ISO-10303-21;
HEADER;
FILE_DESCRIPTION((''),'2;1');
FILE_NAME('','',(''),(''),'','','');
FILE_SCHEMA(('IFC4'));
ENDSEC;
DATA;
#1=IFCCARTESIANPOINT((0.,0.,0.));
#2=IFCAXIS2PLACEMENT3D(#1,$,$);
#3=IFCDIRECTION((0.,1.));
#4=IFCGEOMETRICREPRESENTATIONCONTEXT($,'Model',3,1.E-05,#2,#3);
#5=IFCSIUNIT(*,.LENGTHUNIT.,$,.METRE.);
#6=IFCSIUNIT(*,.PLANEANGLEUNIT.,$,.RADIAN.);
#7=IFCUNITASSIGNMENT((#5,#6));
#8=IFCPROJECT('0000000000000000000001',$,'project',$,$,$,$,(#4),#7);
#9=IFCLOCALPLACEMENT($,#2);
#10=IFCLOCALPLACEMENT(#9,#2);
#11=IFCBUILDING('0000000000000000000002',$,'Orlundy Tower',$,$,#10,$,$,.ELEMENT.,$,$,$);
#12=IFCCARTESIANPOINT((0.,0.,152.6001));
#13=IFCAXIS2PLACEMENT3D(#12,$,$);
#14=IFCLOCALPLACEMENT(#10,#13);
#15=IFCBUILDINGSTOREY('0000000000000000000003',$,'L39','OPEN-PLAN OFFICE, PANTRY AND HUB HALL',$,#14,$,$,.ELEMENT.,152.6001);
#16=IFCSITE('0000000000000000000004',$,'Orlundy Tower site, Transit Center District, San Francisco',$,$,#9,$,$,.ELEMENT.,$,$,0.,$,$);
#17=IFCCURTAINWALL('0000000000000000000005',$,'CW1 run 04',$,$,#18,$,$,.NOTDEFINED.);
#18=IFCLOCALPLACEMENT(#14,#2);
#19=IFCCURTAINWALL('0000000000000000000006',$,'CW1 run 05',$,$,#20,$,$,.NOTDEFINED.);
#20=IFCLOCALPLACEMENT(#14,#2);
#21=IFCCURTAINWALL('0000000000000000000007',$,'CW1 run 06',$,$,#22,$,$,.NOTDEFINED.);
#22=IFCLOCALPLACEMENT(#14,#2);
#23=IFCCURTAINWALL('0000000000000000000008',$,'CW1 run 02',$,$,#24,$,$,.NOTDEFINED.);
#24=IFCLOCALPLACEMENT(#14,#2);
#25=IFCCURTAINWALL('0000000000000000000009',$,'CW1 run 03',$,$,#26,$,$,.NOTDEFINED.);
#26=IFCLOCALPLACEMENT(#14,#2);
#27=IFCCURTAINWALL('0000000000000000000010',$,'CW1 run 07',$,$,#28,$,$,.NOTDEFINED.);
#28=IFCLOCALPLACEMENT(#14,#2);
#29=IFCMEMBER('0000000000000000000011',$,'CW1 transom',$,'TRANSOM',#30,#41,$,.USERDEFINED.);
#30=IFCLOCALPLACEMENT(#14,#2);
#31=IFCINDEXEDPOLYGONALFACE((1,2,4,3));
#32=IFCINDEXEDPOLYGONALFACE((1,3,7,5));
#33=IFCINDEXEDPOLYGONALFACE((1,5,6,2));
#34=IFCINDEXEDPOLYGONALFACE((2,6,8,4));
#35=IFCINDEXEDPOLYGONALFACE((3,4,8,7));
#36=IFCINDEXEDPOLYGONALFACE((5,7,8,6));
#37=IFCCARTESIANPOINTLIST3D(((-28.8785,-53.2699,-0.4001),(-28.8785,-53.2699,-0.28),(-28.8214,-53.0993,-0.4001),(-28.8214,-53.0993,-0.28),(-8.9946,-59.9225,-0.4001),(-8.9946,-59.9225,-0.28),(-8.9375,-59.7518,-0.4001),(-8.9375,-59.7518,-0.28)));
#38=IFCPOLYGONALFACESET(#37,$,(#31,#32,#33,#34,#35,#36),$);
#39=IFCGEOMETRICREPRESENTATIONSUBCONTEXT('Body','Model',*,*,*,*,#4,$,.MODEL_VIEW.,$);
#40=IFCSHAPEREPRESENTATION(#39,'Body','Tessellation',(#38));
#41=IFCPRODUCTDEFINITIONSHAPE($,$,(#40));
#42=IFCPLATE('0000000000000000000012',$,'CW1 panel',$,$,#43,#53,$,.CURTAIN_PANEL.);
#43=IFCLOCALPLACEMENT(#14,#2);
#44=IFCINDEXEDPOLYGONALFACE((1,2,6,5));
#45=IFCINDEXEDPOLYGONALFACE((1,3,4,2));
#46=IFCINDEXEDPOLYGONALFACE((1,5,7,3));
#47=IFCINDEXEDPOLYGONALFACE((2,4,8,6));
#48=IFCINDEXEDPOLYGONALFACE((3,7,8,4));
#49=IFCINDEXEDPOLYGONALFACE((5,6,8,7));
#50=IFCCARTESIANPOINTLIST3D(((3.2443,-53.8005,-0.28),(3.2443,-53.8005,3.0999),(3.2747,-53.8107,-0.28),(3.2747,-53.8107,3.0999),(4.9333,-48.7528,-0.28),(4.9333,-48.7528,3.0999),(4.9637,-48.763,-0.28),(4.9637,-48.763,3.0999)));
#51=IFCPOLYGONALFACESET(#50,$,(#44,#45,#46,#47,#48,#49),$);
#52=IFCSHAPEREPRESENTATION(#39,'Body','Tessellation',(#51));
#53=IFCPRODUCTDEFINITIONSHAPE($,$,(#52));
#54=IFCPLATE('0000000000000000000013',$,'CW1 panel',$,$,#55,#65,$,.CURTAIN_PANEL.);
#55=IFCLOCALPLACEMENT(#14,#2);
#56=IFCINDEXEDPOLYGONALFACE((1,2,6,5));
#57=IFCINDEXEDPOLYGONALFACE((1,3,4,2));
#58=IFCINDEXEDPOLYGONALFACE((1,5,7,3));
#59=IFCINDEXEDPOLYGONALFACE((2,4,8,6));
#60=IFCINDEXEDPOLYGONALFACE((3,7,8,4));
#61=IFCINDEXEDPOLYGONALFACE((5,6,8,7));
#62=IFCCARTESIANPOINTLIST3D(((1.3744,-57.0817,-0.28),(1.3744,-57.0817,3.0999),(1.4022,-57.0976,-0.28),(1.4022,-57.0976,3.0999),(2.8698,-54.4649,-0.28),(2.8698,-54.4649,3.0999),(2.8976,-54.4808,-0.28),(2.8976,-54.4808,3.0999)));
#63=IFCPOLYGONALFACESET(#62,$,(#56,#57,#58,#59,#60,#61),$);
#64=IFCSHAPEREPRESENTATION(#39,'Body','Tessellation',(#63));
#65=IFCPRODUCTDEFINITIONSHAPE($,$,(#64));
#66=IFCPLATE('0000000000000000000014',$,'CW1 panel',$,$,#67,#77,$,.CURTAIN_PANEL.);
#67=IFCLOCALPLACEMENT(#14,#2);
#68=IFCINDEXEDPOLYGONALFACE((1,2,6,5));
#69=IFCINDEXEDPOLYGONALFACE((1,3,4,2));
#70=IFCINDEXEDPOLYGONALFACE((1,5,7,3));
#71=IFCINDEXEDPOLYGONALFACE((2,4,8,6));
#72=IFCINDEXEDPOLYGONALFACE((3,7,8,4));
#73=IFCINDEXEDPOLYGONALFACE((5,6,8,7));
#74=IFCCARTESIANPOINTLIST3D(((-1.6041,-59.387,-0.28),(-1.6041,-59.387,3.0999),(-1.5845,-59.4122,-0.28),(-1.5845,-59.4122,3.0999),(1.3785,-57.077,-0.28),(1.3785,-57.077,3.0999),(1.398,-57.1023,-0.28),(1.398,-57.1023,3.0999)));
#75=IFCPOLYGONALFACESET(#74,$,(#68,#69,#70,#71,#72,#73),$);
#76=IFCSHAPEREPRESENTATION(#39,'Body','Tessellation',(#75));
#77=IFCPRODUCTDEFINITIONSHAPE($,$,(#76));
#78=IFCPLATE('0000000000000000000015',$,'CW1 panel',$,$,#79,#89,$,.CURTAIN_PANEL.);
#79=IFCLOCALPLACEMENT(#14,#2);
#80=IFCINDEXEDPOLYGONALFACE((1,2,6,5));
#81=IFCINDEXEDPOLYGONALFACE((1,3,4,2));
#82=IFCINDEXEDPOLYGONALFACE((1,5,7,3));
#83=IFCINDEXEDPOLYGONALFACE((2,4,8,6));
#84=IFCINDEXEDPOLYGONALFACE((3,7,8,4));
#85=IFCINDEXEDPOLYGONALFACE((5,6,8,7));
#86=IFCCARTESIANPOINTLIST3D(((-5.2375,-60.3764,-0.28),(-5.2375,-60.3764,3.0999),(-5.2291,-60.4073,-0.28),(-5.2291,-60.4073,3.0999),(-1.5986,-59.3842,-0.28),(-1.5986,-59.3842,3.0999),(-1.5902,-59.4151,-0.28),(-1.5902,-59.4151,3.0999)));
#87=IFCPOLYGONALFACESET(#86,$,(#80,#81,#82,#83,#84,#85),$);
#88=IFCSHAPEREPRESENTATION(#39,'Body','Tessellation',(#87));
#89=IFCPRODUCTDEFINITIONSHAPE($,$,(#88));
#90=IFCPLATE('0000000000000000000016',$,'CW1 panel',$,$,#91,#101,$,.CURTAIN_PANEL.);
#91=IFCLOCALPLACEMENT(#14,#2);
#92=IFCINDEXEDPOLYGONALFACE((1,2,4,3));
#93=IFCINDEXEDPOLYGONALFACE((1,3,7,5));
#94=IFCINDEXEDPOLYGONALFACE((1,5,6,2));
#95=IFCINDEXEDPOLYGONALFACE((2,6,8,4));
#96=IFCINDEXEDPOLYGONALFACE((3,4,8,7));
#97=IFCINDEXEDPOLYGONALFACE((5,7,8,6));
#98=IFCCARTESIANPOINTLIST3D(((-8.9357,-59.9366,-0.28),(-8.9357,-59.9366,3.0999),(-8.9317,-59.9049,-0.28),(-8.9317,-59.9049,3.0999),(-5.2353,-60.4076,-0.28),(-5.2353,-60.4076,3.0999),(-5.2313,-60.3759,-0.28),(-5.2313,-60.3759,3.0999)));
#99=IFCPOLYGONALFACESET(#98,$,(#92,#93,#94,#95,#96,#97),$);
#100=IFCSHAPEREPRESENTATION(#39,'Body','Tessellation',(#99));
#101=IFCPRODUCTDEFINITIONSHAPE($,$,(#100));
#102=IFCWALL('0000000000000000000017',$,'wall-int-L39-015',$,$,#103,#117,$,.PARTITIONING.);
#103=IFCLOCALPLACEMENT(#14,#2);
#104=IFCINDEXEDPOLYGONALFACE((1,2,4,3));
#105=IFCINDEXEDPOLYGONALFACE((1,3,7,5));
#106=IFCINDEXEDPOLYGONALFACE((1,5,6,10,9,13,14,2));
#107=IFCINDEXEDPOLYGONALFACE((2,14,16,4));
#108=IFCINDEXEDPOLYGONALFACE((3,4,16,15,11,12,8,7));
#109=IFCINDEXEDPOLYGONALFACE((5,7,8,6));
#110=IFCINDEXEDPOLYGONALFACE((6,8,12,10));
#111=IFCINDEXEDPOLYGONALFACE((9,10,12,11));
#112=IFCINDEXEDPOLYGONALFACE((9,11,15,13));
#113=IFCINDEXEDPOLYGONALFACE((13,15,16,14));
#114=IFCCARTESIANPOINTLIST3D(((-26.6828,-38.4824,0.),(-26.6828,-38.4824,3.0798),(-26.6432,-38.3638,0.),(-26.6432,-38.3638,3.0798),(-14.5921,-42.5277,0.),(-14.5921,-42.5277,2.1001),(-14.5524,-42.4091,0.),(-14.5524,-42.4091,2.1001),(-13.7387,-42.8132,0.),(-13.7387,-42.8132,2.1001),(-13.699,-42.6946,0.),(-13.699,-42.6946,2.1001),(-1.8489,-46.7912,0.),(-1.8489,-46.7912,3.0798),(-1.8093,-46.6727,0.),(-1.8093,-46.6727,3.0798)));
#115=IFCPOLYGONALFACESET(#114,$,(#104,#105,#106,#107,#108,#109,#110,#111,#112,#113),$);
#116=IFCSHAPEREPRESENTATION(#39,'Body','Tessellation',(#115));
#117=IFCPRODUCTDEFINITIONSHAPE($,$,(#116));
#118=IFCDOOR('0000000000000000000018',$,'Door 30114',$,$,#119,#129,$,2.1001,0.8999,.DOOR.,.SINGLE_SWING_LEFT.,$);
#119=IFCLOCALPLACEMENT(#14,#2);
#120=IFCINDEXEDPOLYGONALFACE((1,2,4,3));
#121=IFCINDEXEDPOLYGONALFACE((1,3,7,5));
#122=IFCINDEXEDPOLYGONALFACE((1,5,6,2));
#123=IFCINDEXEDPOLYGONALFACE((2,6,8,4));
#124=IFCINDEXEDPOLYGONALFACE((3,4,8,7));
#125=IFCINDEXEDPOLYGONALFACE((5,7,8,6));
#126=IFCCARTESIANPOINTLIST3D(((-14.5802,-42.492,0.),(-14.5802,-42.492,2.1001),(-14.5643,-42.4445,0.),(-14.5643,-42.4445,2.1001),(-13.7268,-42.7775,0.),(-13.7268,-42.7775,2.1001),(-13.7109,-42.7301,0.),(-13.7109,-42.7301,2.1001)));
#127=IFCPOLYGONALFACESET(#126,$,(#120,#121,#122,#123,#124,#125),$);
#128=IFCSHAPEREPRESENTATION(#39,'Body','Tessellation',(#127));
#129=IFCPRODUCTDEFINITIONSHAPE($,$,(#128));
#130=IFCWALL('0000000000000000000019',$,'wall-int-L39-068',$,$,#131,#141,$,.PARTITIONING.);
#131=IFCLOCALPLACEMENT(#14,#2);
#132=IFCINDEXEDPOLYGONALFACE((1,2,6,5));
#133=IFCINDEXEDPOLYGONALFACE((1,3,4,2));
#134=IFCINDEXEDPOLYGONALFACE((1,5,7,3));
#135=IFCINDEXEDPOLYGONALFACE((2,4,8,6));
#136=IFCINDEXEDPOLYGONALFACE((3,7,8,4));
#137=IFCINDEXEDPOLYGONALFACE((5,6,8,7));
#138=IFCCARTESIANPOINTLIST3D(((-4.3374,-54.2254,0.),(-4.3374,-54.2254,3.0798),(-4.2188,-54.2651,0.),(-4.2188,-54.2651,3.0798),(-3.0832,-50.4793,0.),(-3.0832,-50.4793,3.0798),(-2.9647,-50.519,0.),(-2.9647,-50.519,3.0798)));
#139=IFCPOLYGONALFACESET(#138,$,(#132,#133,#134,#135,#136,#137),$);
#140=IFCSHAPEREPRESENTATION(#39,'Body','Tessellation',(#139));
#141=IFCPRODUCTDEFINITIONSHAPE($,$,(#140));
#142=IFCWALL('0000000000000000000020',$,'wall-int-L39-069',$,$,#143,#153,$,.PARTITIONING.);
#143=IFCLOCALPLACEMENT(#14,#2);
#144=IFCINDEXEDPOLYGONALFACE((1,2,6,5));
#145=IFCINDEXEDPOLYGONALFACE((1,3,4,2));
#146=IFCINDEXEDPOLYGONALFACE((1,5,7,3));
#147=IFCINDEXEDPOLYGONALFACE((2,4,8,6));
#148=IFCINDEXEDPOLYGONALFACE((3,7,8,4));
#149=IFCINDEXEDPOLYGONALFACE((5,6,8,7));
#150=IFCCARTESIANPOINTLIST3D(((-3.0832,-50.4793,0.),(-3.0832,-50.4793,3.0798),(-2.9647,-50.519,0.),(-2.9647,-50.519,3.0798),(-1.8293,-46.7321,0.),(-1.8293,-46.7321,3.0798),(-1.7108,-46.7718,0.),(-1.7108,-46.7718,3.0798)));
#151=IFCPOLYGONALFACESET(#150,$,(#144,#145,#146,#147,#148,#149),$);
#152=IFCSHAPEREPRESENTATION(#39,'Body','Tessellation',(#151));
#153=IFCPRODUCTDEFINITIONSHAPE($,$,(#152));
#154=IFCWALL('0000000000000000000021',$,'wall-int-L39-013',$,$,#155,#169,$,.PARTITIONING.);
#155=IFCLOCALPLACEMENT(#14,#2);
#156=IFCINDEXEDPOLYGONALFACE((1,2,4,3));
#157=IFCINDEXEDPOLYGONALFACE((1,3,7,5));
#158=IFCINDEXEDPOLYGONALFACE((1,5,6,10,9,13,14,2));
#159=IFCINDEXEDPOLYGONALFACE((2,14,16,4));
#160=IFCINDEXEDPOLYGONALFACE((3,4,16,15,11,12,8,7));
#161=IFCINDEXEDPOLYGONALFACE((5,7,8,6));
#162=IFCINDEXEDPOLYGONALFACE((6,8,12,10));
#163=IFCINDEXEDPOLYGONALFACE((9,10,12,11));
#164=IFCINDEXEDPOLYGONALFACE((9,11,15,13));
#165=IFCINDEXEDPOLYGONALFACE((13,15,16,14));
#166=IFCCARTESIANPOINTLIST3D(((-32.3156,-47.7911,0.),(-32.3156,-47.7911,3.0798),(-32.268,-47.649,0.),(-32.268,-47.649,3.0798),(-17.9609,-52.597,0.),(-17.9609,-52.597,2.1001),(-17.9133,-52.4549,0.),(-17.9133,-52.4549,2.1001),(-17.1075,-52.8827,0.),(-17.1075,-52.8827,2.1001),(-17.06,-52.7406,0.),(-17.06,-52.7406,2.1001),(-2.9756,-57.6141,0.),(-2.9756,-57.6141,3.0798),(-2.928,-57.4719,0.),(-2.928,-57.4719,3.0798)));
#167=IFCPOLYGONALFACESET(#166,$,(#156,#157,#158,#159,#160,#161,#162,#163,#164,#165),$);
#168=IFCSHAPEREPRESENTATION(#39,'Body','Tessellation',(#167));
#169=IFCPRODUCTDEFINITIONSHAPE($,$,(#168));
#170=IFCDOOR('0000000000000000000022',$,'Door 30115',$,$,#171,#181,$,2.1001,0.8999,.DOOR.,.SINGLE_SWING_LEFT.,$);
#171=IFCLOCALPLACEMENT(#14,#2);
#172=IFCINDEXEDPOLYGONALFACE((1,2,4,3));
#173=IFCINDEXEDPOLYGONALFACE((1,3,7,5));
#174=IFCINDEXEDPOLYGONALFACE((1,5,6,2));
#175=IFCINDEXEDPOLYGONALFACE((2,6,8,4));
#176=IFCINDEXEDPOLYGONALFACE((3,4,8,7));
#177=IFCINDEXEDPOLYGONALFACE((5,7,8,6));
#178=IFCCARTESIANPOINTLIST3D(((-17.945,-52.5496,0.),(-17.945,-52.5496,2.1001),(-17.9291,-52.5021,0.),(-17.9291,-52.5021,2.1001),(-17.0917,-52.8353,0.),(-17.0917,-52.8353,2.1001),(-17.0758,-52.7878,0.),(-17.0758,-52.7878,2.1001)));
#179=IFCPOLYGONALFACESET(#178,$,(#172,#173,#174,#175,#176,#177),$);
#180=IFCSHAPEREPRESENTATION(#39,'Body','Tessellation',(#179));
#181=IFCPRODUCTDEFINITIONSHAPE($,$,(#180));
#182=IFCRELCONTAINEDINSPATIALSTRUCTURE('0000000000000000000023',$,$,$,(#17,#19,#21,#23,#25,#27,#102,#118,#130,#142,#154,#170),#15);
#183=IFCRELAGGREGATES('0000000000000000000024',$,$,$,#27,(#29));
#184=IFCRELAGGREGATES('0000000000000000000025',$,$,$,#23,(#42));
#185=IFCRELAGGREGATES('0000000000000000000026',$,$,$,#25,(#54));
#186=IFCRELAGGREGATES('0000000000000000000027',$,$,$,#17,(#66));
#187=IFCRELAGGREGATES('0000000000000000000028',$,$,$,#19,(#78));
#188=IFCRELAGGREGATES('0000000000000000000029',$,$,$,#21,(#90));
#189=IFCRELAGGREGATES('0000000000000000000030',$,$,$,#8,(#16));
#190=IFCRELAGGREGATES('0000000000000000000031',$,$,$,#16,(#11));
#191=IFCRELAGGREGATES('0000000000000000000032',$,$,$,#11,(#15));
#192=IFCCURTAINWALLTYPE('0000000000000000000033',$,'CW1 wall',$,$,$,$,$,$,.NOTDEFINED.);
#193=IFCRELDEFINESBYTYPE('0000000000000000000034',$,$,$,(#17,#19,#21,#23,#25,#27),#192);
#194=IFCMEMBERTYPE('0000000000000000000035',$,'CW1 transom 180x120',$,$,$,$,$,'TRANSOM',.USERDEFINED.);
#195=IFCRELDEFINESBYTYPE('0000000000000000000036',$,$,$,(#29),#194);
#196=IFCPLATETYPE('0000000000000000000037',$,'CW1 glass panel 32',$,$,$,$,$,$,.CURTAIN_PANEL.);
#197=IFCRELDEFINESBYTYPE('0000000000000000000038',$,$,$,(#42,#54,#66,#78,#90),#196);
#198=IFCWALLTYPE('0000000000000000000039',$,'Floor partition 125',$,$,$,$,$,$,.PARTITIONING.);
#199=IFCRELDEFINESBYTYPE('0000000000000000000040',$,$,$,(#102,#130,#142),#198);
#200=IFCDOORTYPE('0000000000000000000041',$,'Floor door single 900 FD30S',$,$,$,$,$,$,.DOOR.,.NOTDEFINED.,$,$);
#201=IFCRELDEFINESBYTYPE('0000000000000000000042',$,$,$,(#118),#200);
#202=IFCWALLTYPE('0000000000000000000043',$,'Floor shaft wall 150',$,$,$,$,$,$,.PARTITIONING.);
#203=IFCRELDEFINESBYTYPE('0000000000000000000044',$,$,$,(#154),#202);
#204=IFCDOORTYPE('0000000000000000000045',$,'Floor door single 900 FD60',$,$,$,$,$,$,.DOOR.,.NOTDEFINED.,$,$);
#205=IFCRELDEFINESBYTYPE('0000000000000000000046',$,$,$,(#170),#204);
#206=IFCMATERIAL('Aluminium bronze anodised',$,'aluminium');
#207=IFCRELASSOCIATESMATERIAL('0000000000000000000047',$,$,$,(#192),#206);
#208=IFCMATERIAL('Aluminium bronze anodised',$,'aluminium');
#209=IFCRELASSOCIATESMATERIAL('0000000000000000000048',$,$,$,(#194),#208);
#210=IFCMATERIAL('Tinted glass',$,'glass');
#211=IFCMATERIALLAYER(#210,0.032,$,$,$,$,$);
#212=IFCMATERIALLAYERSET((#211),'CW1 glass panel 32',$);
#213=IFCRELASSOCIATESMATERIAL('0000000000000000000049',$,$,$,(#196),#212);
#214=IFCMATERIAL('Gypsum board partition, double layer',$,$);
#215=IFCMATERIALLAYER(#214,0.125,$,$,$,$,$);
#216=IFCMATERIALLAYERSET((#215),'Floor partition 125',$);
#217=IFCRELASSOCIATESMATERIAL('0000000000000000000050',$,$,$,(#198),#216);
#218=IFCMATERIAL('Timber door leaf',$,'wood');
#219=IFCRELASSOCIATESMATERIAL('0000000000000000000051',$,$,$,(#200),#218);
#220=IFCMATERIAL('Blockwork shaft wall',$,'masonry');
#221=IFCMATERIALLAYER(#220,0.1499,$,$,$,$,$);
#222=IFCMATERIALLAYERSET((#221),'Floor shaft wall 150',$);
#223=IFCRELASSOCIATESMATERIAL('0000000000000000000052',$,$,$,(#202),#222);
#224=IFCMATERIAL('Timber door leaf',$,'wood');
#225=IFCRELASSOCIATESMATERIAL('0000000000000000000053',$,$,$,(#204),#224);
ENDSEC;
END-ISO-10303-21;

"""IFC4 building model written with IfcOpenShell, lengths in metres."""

from ifc_helpers import new_model, si_unit, direction, frame, frame_2d, origin, origin_2d, place, context, subcontext, project, spatial, rectangle, extrude, material, layer, layer_set, material_profile, profile_set, type_object, element, fill, aggregate, save


model = new_model("IFC4")

# Units and contexts
model_context = context("Model", 3, precision=1e-05, world=origin(), true_north=direction((0.0, 1.0)))
body_context = subcontext(model_context, "Body", "Model", "MODEL_VIEW")
ifc_project = project(units=[si_unit("LENGTHUNIT", "METRE"), si_unit("PLANEANGLEUNIT", "RADIAN")], contexts=[model_context])

# Site, building, storey
site_placement = place(None, origin())
site = spatial("IfcSite", under=ifc_project, at=site_placement, Name="Orlundy Tower site, Transit Center District, San Francisco", CompositionType="ELEMENT", RefElevation=0.0)
building_placement = place(site_placement, origin())
building = spatial("IfcBuilding", under=site, at=building_placement, Name="Orlundy Tower", CompositionType="ELEMENT")
storey_placement = place(building_placement, frame((0.0, 0.0, 152.6001)))
storey = spatial("IfcBuildingStorey", under=building, at=storey_placement, Name="L39", Description="OPEN-PLAN OFFICE, PANTRY AND HUB HALL", CompositionType="ELEMENT", Elevation=152.6001)

# Curtain walls
ifc_material_1 = material(Name="Aluminium bronze anodised", Category="aluminium")
curtain_wall_type = type_object("IfcCurtainWallType", Name="CW1 wall", PredefinedType="NOTDEFINED", material=ifc_material_1)
curtain_wall_1_placement = place(storey_placement, origin())
curtain_wall_1 = element("IfcCurtainWall", 1, at=curtain_wall_1_placement, inside=storey, type_object=curtain_wall_type, Name="CW1 run 04", PredefinedType="NOTDEFINED")
curtain_wall_2_placement = place(storey_placement, origin())
curtain_wall_2 = element("IfcCurtainWall", 2, at=curtain_wall_2_placement, inside=storey, type_object=curtain_wall_type, Name="CW1 run 05", PredefinedType="NOTDEFINED")
curtain_wall_3_placement = place(storey_placement, origin())
curtain_wall_3 = element("IfcCurtainWall", 3, at=curtain_wall_3_placement, inside=storey, type_object=curtain_wall_type, Name="CW1 run 06", PredefinedType="NOTDEFINED")
curtain_wall_4_placement = place(storey_placement, origin())
curtain_wall_4 = element("IfcCurtainWall", 4, at=curtain_wall_4_placement, inside=storey, type_object=curtain_wall_type, Name="CW1 run 02", PredefinedType="NOTDEFINED")
curtain_wall_5_placement = place(storey_placement, origin())
curtain_wall_5 = element("IfcCurtainWall", 5, at=curtain_wall_5_placement, inside=storey, type_object=curtain_wall_type, Name="CW1 run 03", PredefinedType="NOTDEFINED")
curtain_wall_6_placement = place(storey_placement, origin())
curtain_wall_6 = element("IfcCurtainWall", 6, at=curtain_wall_6_placement, inside=storey, type_object=curtain_wall_type, Name="CW1 run 07", PredefinedType="NOTDEFINED")

# Member
ifc_material_2 = material(Name="Aluminium bronze anodised", Category="aluminium")
ifc_material_profile_1 = material_profile(ifc_material_2, rectangle(XDim=0.1799, YDim=0.1201, at=origin_2d()), Name="CW1 transom 180x120")
ifc_profile_set_1 = profile_set([ifc_material_profile_1], Name="Aluminium bronze anodised")
member_type_1 = type_object("IfcMemberType", Name="CW1 transom 180x120", ElementType="TRANSOM", PredefinedType="USERDEFINED", material=ifc_profile_set_1)
member_1_placement = place(storey_placement, frame((-8.9661, -59.8372, -0.3401), z_axis=(-0.948331, 0.317283, 0.0), x_axis=(-0.317283, -0.948331, 0.0)))
member_1 = element("IfcMember", 7, at=member_1_placement, type_object=member_type_1, Name="CW1 transom", ObjectType="TRANSOM", PredefinedType="USERDEFINED", context=body_context, shape_type="SweptSolid", body=[
    extrude(rectangle(XDim=0.1799, YDim=0.1201, at=origin_2d()), origin(), (0.0, 0.0, 1.0), 20.9673),
])
aggregate(curtain_wall_6, [member_1])

# Plates
ifc_material_3 = material(Name="Tinted glass", Category="glass")
ifc_layer_1 = layer(ifc_material_3, 0.032)
ifc_layer_set_1 = layer_set([ifc_layer_1], Name="CW1 glass panel 32")
plate_type = type_object("IfcPlateType", Name="CW1 glass panel 32", PredefinedType="CURTAIN_PANEL", material=ifc_layer_set_1)
plate_1_placement = place(storey_placement, frame((4.104, -51.2817, -0.28), z_axis=(0.0, 0.0, 1.0), x_axis=(-0.317314, -0.948321, 0.0)))
plate_1 = element("IfcPlate", 8, at=plate_1_placement, type_object=plate_type, Name="CW1 panel", PredefinedType="CURTAIN_PANEL", context=body_context, shape_type="SweptSolid", body=[
    extrude(rectangle(XDim=5.3228, YDim=0.032, at=origin_2d()), origin(), (0.0, 0.0, 1.0), 3.3799),
])
aggregate(curtain_wall_4, [plate_1])
plate_2_placement = place(storey_placement, frame((2.136, -55.7812, -0.28), z_axis=(0.0, 0.0, 1.0), x_axis=(-0.496168, -0.868227, 0.0)))
plate_2 = element("IfcPlate", 9, at=plate_2_placement, type_object=plate_type, Name="CW1 panel", PredefinedType="CURTAIN_PANEL", context=body_context, shape_type="SweptSolid", body=[
    extrude(rectangle(XDim=3.0139, YDim=0.032, at=origin_2d()), origin(), (0.0, 0.0, 1.0), 3.3799),
])
aggregate(curtain_wall_5, [plate_2])
plate_3_placement = place(storey_placement, frame((-0.103, -58.2446, -0.28), z_axis=(0.0, 0.0, 1.0), x_axis=(-0.790614, -0.612315, 0.0)))
plate_3 = element("IfcPlate", 10, at=plate_3_placement, type_object=plate_type, Name="CW1 panel", PredefinedType="CURTAIN_PANEL", context=body_context, shape_type="SweptSolid", body=[
    extrude(rectangle(XDim=3.7725, YDim=0.032, at=origin_2d()), origin(), (0.0, 0.0, 1.0), 3.3799),
])
aggregate(curtain_wall_1, [plate_3])
plate_4_placement = place(storey_placement, frame((-3.4138, -59.8958, -0.28), z_axis=(0.0, 0.0, 1.0), x_axis=(-0.964782, -0.263049, 0.0)))
plate_4 = element("IfcPlate", 11, at=plate_4_placement, type_object=plate_type, Name="CW1 panel", PredefinedType="CURTAIN_PANEL", context=body_context, shape_type="SweptSolid", body=[
    extrude(rectangle(XDim=3.7717, YDim=0.032, at=origin_2d()), origin(), (0.0, 0.0, 1.0), 3.3799),
])
aggregate(curtain_wall_2, [plate_4])
plate_5_placement = place(storey_placement, frame((-7.0835, -60.1562, -0.28), z_axis=(0.0, 0.0, 1.0), x_axis=(-0.991997, 0.126259, 0.0)))
plate_5 = element("IfcPlate", 12, at=plate_5_placement, type_object=plate_type, Name="CW1 panel", PredefinedType="CURTAIN_PANEL", context=body_context, shape_type="SweptSolid", body=[
    extrude(rectangle(XDim=3.7302, YDim=0.032, at=origin_2d()), origin(), (0.0, 0.0, 1.0), 3.3799),
])
aggregate(curtain_wall_3, [plate_5])

# Wall, opening, door
ifc_material_4 = material(Name="Gypsum board partition, double layer")
ifc_layer_2 = layer(ifc_material_4, 0.125)
ifc_layer_set_2 = layer_set([ifc_layer_2], Name="Floor partition 125")
wall_type_1 = type_object("IfcWallType", Name="Floor partition 125", PredefinedType="PARTITIONING", material=ifc_layer_set_2)
wall_1_placement = place(storey_placement, frame((-1.8291, -46.7319, 0.0), z_axis=(0.0, 0.0, 1.0), x_axis=(-0.948329, 0.317288, 0.0)))
wall_1 = element("IfcWall", 13, at=wall_1_placement, inside=storey, type_object=wall_type_1, Name="wall-int-L39-015", PredefinedType="PARTITIONING", context=body_context, shape_type="SweptSolid", body=[
    extrude(rectangle(XDim=26.187, YDim=0.125, at=frame_2d((13.0935, 0.0))), origin(), (0.0, 0.0, 1.0), 3.0798),
])
opening_1_placement = place(wall_1_placement, frame((12.5376, 0.0, 0.0)))
opening_1 = element("IfcOpeningElement", 14, at=opening_1_placement, cuts=wall_1, PredefinedType="OPENING", context=body_context, shape_type="SweptSolid", body=[
    extrude(rectangle(XDim=0.8999, YDim=2.1001, at=frame_2d((0.45, 1.05))), frame((0.0, 0.0725, 0.0), z_axis=(0.0, -1.0, 0.0), x_axis=(1.0, 0.0, 0.0)), (0.0, 0.0, 1.0), 0.145),
])
ifc_material_5 = material(Name="Timber door leaf", Category="wood")
door_type_1 = type_object("IfcDoorType", Name="Floor door single 900 FD30S", OperationType="NOTDEFINED", PredefinedType="DOOR", material=ifc_material_5)
door_1_placement = place(opening_1_placement, origin())
door_1 = element("IfcDoor", 15, at=door_1_placement, inside=storey, type_object=door_type_1, Name="Door 30114", OperationType="SINGLE_SWING_LEFT", OverallHeight=2.1001, OverallWidth=0.8999, PredefinedType="DOOR", context=body_context, shape_type="SweptSolid", body=[
    extrude(rectangle(XDim=0.8999, YDim=2.1001, at=frame_2d((0.45, 1.05))), frame((0.0, 0.0249, 0.0), z_axis=(0.0, -1.0, 0.0), x_axis=(1.0, 0.0, 0.0)), (0.0, 0.0, 1.0), 0.05),
])
fill(opening_1, door_1)

# Walls
wall_2_placement = place(storey_placement, frame((-4.2781, -54.2451, 0.0), z_axis=(0.0, 0.0, 1.0), x_axis=(0.31747, 0.948268, 0.0)))
element("IfcWall", 16, at=wall_2_placement, inside=storey, type_object=wall_type_1, Name="wall-int-L39-068", PredefinedType="PARTITIONING", context=body_context, shape_type="SweptSolid", body=[
    extrude(rectangle(XDim=3.9504, YDim=0.125, at=frame_2d((1.9751, 0.0))), origin(), (0.0, 0.0, 1.0), 3.0798),
])
wall_3_placement = place(storey_placement, frame((-3.0239, -50.499, 0.0), z_axis=(0.0, 0.0, 1.0), x_axis=(0.31734, 0.948312, 0.0)))
element("IfcWall", 17, at=wall_3_placement, inside=storey, type_object=wall_type_1, Name="wall-int-L39-069", PredefinedType="PARTITIONING", context=body_context, shape_type="SweptSolid", body=[
    extrude(rectangle(XDim=3.9514, YDim=0.125, at=frame_2d((1.9756, 0.0))), origin(), (0.0, 0.0, 1.0), 3.0798),
])

# Wall, opening, door
ifc_material_6 = material(Name="Blockwork shaft wall", Category="masonry")
ifc_layer_3 = layer(ifc_material_6, 0.1499)
ifc_layer_set_3 = layer_set([ifc_layer_3], Name="Floor shaft wall 150")
wall_type_2 = type_object("IfcWallType", Name="Floor shaft wall 150", PredefinedType="PARTITIONING", material=ifc_layer_set_3)
wall_4_placement = place(storey_placement, frame((-2.9519, -57.543, 0.0), z_axis=(0.0, 0.0, 1.0), x_axis=(-0.948266, 0.317477, 0.0)))
wall_4 = element("IfcWall", 18, at=wall_4_placement, inside=storey, type_object=wall_type_2, Name="wall-int-L39-013", PredefinedType="PARTITIONING", context=body_context, shape_type="SweptSolid", body=[
    extrude(rectangle(XDim=30.9407, YDim=0.1499, at=frame_2d((15.4702, 0.0))), origin(), (0.0, 0.0, 1.0), 3.0798),
])
opening_2_placement = place(wall_4_placement, frame((14.9028, 0.0, 0.0)))
opening_2 = element("IfcOpeningElement", 19, at=opening_2_placement, cuts=wall_4, PredefinedType="OPENING", context=body_context, shape_type="SweptSolid", body=[
    extrude(rectangle(XDim=0.8999, YDim=2.1001, at=frame_2d((0.45, 1.05))), frame((0.0, 0.085, 0.0), z_axis=(0.0, -1.0, 0.0), x_axis=(1.0, 0.0, 0.0)), (0.0, 0.0, 1.0), 0.1699),
])
ifc_material_7 = material(Name="Timber door leaf", Category="wood")
door_type_2 = type_object("IfcDoorType", Name="Floor door single 900 FD60", OperationType="NOTDEFINED", PredefinedType="DOOR", material=ifc_material_7)
door_2_placement = place(opening_2_placement, origin())
door_2 = element("IfcDoor", 20, at=door_2_placement, inside=storey, type_object=door_type_2, Name="Door 30115", OperationType="SINGLE_SWING_LEFT", OverallHeight=2.1001, OverallWidth=0.8999, PredefinedType="DOOR", context=body_context, shape_type="SweptSolid", body=[
    extrude(rectangle(XDim=0.8999, YDim=2.1001, at=frame_2d((0.45, 1.05))), frame((0.0, 0.0249, 0.0), z_axis=(0.0, -1.0, 0.0), x_axis=(1.0, 0.0, 0.0)), (0.0, 0.0, 1.0), 0.05),
])
fill(opening_2, door_2)

save(model, "model.ifc")
